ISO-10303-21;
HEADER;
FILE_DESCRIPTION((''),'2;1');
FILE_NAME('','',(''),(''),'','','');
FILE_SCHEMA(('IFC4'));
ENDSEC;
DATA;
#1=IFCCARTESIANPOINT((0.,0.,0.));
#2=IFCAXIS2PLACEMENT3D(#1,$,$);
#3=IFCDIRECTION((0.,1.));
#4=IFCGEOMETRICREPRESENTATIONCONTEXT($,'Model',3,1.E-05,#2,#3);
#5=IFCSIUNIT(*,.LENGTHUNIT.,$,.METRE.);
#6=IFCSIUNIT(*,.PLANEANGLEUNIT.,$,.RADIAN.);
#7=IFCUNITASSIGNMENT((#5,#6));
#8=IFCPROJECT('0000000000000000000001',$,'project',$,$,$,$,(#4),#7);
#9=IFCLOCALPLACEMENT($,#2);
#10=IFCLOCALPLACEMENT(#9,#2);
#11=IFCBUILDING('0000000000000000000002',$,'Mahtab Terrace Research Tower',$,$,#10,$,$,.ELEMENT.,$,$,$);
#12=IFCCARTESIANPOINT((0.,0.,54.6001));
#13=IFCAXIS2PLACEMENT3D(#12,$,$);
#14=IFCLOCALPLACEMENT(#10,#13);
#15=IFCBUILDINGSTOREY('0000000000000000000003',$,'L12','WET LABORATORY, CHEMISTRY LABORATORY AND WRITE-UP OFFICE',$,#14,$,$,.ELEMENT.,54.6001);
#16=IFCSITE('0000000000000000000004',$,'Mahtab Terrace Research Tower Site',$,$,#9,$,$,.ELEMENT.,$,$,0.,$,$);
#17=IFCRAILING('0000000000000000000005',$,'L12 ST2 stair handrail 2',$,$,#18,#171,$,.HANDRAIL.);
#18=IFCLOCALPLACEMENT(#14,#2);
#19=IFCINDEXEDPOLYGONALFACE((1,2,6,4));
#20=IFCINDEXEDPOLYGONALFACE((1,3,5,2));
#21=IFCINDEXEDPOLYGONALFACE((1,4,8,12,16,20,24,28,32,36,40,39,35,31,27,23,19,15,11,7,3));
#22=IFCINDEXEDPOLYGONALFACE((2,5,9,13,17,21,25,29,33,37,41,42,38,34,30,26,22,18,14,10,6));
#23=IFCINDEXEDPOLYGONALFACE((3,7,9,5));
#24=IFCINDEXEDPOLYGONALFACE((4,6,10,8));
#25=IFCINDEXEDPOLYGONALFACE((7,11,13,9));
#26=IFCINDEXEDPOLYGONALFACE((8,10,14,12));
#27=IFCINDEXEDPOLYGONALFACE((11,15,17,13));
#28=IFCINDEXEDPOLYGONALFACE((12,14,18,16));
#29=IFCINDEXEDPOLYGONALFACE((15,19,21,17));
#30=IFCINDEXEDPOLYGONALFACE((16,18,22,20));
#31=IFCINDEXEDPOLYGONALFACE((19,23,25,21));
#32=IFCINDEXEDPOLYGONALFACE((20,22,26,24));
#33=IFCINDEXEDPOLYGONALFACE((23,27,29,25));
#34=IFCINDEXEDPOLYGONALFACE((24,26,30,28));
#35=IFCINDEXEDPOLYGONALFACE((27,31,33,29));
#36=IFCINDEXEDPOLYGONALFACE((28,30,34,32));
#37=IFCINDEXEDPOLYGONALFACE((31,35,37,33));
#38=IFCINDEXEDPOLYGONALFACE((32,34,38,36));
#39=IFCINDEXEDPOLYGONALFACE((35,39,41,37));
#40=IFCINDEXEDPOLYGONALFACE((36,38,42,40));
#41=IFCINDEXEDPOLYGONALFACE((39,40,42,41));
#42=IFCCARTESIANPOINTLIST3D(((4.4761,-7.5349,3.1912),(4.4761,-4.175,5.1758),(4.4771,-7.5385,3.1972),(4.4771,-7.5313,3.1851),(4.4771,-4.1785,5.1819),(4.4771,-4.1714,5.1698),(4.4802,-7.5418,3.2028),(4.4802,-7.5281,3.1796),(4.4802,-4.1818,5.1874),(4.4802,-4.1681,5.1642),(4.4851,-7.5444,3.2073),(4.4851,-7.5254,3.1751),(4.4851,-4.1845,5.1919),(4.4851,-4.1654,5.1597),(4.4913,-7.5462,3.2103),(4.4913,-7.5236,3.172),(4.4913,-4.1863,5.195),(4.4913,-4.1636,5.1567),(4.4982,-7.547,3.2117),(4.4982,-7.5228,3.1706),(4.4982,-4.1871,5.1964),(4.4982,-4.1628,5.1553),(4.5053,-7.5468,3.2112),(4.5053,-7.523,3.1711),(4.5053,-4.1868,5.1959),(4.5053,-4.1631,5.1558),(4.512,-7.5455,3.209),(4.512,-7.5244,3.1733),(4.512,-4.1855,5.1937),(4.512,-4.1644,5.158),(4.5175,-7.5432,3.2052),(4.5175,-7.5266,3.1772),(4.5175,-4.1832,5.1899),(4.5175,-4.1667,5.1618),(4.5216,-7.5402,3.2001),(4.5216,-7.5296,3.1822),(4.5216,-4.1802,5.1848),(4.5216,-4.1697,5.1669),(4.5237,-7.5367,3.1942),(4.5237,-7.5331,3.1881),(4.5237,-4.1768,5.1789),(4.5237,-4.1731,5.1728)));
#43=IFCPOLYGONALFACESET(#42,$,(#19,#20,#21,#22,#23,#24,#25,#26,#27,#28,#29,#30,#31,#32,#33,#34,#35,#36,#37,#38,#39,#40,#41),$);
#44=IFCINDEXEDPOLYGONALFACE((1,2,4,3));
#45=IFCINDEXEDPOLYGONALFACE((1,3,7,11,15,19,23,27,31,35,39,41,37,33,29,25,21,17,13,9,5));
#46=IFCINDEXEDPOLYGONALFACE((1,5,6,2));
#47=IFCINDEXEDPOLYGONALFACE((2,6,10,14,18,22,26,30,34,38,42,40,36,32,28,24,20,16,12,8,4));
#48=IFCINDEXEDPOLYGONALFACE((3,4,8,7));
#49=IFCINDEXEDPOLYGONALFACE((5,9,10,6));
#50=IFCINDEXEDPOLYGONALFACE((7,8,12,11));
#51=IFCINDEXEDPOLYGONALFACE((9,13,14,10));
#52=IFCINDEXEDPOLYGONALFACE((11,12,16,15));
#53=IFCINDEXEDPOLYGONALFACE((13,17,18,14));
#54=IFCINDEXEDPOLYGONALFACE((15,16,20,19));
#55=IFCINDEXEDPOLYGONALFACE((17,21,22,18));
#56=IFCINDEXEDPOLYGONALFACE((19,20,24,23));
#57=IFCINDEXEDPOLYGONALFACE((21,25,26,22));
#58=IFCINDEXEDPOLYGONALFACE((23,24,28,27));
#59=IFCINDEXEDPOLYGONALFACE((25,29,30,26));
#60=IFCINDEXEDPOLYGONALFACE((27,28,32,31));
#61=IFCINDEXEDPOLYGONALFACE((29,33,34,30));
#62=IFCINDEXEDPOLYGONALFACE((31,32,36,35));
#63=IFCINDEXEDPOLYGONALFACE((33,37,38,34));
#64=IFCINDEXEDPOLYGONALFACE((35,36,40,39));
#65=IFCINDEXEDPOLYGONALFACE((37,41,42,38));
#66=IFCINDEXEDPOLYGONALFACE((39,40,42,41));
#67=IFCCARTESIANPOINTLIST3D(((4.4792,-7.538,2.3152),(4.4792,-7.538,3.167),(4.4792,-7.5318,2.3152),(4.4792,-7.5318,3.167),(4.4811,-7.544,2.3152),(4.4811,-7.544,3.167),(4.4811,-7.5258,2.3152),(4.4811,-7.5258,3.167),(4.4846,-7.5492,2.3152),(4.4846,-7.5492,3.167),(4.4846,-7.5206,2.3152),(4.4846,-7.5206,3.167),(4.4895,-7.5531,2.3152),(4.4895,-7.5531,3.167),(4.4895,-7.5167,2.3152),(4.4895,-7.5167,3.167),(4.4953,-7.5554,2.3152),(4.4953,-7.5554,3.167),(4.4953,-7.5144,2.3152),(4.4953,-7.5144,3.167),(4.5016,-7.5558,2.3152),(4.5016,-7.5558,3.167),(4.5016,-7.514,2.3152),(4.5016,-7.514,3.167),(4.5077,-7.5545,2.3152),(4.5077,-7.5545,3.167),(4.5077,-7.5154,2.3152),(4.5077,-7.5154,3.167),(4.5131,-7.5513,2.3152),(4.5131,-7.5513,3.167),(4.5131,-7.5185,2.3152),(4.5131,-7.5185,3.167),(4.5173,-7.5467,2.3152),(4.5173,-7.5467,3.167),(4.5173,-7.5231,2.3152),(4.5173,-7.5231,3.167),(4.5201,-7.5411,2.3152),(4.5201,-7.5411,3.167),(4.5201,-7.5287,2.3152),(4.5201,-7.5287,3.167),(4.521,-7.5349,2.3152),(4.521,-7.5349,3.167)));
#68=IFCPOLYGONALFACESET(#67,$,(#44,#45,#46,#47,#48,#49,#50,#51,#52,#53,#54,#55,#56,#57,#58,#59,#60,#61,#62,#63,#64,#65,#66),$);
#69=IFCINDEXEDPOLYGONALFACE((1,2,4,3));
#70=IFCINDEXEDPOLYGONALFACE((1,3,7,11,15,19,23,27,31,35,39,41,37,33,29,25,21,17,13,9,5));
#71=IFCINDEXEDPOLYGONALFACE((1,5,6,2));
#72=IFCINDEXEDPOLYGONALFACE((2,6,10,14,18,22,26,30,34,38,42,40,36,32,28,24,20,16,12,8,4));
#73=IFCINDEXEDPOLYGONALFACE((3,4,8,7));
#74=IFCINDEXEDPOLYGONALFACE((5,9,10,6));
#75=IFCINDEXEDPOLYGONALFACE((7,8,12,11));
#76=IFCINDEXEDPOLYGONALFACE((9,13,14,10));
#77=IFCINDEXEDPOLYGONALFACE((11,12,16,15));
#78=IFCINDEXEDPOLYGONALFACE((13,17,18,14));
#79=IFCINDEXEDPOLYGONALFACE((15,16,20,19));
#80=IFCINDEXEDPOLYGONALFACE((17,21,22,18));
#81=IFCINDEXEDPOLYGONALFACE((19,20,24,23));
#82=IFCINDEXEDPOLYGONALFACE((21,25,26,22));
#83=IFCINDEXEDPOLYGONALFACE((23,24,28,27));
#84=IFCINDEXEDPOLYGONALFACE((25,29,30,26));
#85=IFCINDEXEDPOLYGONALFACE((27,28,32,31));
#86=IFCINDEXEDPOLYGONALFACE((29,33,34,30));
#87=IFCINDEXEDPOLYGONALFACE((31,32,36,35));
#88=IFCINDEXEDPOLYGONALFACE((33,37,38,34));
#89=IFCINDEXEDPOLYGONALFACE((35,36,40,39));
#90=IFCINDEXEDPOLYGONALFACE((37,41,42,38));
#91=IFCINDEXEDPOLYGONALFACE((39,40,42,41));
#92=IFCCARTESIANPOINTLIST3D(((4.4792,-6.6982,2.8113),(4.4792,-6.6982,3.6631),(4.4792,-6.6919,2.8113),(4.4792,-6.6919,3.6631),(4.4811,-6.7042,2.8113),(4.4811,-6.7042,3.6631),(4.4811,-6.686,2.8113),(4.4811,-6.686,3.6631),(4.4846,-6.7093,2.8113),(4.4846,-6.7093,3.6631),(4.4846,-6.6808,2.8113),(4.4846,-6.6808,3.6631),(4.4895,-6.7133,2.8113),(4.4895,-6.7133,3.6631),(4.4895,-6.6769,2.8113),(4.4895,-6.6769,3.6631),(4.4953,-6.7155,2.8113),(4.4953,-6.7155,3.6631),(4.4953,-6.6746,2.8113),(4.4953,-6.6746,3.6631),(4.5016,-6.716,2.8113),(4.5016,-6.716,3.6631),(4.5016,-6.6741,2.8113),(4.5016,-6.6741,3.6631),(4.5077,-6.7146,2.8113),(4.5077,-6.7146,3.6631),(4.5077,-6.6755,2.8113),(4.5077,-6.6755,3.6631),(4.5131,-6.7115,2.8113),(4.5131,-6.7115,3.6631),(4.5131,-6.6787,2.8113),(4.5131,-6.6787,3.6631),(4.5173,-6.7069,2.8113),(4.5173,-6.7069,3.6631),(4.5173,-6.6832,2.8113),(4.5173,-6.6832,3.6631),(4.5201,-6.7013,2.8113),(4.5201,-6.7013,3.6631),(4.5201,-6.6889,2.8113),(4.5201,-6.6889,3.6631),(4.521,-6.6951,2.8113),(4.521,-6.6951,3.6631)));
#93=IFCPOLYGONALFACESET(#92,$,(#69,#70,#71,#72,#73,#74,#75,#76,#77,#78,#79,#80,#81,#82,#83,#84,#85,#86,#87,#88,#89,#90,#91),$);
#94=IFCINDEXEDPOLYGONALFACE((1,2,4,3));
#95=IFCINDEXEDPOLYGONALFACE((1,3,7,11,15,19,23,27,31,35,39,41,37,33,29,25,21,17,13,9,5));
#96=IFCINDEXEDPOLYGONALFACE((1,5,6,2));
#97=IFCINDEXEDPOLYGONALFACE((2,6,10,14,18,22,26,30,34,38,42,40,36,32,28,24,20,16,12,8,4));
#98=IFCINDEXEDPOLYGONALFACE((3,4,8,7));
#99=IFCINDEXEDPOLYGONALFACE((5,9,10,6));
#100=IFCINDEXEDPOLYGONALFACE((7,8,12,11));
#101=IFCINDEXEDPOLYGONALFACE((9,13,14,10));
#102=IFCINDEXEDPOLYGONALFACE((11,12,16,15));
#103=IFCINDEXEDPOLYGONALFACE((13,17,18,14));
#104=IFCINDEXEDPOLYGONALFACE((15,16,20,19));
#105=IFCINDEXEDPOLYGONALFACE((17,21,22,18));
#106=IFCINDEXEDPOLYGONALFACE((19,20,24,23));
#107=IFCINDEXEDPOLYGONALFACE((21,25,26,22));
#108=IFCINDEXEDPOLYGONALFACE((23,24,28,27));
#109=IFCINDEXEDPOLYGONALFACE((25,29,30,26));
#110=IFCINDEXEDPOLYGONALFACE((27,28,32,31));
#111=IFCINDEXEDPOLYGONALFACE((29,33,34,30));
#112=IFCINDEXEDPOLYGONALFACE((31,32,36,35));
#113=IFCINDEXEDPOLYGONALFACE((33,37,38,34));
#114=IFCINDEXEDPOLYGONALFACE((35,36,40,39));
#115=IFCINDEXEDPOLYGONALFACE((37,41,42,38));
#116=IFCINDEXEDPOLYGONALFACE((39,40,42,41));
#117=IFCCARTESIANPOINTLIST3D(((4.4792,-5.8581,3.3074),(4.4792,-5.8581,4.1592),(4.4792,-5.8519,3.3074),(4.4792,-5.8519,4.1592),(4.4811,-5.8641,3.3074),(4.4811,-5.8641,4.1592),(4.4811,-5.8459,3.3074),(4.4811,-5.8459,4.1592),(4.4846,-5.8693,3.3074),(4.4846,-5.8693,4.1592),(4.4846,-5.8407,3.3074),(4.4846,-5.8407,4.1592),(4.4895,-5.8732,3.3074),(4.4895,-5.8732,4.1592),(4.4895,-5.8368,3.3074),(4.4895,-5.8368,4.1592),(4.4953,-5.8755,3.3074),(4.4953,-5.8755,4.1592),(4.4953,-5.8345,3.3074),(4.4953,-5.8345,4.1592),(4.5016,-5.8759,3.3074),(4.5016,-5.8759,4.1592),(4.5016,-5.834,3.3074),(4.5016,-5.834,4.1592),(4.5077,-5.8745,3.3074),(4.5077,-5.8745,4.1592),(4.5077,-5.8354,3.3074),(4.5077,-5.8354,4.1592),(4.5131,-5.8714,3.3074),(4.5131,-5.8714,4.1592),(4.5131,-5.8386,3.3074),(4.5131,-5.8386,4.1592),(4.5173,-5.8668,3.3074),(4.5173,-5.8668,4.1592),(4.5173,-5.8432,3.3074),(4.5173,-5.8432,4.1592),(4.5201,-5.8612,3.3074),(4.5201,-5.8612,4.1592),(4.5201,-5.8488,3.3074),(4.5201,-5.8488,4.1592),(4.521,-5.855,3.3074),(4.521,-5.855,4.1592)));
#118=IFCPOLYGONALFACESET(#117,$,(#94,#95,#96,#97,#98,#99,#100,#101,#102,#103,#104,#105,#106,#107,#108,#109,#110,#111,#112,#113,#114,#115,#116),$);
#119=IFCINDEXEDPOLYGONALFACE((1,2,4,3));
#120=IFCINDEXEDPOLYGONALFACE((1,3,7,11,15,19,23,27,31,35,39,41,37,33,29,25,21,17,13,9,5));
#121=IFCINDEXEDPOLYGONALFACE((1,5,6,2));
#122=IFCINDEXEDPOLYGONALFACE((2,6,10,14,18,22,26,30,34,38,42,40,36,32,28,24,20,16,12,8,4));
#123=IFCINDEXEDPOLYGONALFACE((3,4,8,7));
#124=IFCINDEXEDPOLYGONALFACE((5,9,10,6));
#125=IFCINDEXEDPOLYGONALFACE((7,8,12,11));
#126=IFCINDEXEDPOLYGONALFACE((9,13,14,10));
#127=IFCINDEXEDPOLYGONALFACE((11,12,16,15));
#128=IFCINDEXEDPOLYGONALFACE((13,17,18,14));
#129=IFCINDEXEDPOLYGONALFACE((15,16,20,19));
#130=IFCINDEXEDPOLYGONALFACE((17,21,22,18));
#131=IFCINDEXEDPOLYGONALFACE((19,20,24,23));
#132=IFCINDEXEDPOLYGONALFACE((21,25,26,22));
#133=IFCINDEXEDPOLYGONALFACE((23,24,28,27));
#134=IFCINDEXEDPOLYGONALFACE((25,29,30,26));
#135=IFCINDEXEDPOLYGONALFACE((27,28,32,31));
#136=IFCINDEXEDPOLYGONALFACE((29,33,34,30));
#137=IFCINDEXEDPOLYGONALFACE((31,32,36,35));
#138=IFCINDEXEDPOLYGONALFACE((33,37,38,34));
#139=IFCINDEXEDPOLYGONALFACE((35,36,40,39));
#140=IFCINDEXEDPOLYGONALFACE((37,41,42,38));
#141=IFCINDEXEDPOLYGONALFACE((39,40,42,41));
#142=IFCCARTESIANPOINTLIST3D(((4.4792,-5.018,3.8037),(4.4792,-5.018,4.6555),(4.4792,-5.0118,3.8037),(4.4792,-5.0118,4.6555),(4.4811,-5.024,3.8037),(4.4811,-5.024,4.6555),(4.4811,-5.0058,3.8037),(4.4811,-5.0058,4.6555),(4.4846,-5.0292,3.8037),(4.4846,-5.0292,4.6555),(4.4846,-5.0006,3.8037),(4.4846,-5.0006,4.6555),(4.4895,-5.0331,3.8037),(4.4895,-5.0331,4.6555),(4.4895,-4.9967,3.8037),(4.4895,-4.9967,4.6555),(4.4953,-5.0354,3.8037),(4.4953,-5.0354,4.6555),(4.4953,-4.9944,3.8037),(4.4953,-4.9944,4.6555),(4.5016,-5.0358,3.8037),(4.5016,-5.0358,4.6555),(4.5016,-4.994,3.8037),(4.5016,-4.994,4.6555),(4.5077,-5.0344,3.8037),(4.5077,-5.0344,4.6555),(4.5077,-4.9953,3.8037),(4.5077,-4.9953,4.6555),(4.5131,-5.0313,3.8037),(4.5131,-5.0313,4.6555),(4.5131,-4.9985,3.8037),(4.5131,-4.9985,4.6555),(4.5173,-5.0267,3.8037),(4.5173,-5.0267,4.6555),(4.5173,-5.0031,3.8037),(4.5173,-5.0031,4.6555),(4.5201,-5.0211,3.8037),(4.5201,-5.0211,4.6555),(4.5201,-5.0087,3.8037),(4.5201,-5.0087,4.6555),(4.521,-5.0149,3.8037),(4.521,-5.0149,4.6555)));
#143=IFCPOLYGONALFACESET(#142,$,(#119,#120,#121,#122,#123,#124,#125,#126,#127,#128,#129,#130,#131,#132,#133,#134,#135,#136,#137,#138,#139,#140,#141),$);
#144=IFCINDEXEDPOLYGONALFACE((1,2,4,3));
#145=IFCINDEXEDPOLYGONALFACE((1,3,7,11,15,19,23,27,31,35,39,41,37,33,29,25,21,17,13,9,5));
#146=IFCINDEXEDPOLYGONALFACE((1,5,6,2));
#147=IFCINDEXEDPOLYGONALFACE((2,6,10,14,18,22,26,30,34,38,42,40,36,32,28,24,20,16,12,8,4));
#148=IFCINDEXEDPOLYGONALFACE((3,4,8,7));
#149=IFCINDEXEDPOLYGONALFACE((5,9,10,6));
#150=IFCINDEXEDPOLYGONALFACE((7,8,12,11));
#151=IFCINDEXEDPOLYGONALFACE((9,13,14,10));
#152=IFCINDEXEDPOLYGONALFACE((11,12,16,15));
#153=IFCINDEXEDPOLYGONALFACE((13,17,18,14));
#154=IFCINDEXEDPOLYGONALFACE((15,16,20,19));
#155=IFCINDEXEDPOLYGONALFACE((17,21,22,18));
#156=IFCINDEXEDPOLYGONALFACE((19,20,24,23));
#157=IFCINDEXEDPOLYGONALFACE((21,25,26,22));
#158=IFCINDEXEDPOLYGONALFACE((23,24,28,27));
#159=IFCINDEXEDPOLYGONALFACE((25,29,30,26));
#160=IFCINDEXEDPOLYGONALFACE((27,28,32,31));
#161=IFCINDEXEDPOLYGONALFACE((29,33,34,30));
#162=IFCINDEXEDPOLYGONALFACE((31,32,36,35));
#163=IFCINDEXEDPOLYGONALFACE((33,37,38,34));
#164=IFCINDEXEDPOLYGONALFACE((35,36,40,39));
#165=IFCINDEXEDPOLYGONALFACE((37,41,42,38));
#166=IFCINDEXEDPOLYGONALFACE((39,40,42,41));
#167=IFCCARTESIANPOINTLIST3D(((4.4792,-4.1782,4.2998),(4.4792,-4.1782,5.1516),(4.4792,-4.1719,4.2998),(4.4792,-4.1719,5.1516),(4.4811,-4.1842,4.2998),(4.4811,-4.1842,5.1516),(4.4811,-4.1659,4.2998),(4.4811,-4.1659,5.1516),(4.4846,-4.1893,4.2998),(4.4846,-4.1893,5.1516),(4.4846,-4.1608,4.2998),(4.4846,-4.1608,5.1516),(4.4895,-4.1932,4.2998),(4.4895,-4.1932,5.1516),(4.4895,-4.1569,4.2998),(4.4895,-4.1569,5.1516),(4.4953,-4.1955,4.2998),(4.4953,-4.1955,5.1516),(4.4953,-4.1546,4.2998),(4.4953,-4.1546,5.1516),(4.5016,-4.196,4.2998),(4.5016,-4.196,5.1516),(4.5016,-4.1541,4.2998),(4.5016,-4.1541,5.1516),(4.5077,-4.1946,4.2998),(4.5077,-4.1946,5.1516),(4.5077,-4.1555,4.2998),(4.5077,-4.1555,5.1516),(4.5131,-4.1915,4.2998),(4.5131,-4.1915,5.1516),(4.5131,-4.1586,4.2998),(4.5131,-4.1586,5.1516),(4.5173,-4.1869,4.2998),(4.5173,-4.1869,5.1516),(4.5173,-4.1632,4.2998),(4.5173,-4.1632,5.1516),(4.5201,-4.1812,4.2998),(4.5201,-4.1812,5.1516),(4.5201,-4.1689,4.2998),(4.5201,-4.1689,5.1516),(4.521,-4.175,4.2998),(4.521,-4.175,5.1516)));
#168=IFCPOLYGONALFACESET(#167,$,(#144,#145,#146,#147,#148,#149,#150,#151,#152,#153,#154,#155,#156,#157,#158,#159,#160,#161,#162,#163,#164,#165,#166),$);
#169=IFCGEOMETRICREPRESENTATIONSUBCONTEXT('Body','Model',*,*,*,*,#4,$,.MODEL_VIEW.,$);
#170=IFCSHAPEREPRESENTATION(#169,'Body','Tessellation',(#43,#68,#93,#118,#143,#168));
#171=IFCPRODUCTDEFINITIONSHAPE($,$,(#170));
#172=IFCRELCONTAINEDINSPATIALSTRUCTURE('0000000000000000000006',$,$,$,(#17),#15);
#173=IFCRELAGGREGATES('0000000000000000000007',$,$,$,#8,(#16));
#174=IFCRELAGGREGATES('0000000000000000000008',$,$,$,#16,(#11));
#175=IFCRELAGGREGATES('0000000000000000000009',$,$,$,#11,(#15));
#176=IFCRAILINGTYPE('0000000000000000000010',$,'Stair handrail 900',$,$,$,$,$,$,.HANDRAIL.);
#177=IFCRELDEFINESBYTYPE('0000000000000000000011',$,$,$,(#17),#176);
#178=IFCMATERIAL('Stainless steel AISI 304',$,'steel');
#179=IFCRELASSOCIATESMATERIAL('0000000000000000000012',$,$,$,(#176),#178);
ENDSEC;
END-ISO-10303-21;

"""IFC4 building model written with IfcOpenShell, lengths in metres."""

from ifc_helpers import new_model, si_unit, direction, frame, origin, origin_2d, place, context, subcontext, project, spatial, circle, extrude, material, type_object, element, save


model = new_model("IFC4")

# Units and contexts
model_context = context("Model", 3, precision=1e-05, world=origin(), true_north=direction((0.0, 1.0)))
body_context = subcontext(model_context, "Body", "Model", "MODEL_VIEW")
ifc_project = project(units=[si_unit("LENGTHUNIT", "METRE"), si_unit("PLANEANGLEUNIT", "RADIAN")], contexts=[model_context])

# Site, building, storey
site_placement = place(None, origin())
site = spatial("IfcSite", under=ifc_project, at=site_placement, Name="Mahtab Terrace Research Tower Site", CompositionType="ELEMENT", RefElevation=0.0)
building_placement = place(site_placement, origin())
building = spatial("IfcBuilding", under=site, at=building_placement, Name="Mahtab Terrace Research Tower", CompositionType="ELEMENT")
storey_placement = place(building_placement, frame((0.0, 0.0, 54.6001)))
storey = spatial("IfcBuildingStorey", under=building, at=storey_placement, Name="L12", Description="WET LABORATORY, CHEMISTRY LABORATORY AND WRITE-UP OFFICE", CompositionType="ELEMENT", Elevation=54.6001)

# Railing
ifc_material_1 = material(Name="Stainless steel AISI 304", Category="steel")
railing_type_1 = type_object("IfcRailingType", Name="Stair handrail 900", PredefinedType="HANDRAIL", material=ifc_material_1)
railing_1_placement = place(storey_placement, frame((4.5, -7.5349, 2.3152)))
element("IfcRailing", 1, at=railing_1_placement, inside=storey, type_object=railing_type_1, Name="L12 ST2 stair handrail 2", PredefinedType="HANDRAIL", context=body_context, shape_type="SweptSolid", body=[
    extrude(circle(Radius=0.0239, at=origin_2d()), frame((0.0, 0.0, 0.876), z_axis=(0.0, 0.861011, 0.508586), x_axis=(-1.0, 0.0, 0.0)), (0.0, 0.0, 1.0), 3.9023),
    extrude(circle(Radius=0.021, at=origin_2d()), origin(), (0.0, 0.0, 1.0), 0.8518),
    extrude(circle(Radius=0.021, at=origin_2d()), frame((0.0, 0.8398, 0.4961)), (0.0, 0.0, 1.0), 0.8518),
    extrude(circle(Radius=0.021, at=origin_2d()), frame((0.0, 1.6799, 0.9922)), (0.0, 0.0, 1.0), 0.8518),
    extrude(circle(Radius=0.021, at=origin_2d()), frame((0.0, 2.52, 1.4885)), (0.0, 0.0, 1.0), 0.8518),
    extrude(circle(Radius=0.021, at=origin_2d()), frame((0.0, 3.3599, 1.9846)), (0.0, 0.0, 1.0), 0.8518),
])

save(model, "model.ifc")
